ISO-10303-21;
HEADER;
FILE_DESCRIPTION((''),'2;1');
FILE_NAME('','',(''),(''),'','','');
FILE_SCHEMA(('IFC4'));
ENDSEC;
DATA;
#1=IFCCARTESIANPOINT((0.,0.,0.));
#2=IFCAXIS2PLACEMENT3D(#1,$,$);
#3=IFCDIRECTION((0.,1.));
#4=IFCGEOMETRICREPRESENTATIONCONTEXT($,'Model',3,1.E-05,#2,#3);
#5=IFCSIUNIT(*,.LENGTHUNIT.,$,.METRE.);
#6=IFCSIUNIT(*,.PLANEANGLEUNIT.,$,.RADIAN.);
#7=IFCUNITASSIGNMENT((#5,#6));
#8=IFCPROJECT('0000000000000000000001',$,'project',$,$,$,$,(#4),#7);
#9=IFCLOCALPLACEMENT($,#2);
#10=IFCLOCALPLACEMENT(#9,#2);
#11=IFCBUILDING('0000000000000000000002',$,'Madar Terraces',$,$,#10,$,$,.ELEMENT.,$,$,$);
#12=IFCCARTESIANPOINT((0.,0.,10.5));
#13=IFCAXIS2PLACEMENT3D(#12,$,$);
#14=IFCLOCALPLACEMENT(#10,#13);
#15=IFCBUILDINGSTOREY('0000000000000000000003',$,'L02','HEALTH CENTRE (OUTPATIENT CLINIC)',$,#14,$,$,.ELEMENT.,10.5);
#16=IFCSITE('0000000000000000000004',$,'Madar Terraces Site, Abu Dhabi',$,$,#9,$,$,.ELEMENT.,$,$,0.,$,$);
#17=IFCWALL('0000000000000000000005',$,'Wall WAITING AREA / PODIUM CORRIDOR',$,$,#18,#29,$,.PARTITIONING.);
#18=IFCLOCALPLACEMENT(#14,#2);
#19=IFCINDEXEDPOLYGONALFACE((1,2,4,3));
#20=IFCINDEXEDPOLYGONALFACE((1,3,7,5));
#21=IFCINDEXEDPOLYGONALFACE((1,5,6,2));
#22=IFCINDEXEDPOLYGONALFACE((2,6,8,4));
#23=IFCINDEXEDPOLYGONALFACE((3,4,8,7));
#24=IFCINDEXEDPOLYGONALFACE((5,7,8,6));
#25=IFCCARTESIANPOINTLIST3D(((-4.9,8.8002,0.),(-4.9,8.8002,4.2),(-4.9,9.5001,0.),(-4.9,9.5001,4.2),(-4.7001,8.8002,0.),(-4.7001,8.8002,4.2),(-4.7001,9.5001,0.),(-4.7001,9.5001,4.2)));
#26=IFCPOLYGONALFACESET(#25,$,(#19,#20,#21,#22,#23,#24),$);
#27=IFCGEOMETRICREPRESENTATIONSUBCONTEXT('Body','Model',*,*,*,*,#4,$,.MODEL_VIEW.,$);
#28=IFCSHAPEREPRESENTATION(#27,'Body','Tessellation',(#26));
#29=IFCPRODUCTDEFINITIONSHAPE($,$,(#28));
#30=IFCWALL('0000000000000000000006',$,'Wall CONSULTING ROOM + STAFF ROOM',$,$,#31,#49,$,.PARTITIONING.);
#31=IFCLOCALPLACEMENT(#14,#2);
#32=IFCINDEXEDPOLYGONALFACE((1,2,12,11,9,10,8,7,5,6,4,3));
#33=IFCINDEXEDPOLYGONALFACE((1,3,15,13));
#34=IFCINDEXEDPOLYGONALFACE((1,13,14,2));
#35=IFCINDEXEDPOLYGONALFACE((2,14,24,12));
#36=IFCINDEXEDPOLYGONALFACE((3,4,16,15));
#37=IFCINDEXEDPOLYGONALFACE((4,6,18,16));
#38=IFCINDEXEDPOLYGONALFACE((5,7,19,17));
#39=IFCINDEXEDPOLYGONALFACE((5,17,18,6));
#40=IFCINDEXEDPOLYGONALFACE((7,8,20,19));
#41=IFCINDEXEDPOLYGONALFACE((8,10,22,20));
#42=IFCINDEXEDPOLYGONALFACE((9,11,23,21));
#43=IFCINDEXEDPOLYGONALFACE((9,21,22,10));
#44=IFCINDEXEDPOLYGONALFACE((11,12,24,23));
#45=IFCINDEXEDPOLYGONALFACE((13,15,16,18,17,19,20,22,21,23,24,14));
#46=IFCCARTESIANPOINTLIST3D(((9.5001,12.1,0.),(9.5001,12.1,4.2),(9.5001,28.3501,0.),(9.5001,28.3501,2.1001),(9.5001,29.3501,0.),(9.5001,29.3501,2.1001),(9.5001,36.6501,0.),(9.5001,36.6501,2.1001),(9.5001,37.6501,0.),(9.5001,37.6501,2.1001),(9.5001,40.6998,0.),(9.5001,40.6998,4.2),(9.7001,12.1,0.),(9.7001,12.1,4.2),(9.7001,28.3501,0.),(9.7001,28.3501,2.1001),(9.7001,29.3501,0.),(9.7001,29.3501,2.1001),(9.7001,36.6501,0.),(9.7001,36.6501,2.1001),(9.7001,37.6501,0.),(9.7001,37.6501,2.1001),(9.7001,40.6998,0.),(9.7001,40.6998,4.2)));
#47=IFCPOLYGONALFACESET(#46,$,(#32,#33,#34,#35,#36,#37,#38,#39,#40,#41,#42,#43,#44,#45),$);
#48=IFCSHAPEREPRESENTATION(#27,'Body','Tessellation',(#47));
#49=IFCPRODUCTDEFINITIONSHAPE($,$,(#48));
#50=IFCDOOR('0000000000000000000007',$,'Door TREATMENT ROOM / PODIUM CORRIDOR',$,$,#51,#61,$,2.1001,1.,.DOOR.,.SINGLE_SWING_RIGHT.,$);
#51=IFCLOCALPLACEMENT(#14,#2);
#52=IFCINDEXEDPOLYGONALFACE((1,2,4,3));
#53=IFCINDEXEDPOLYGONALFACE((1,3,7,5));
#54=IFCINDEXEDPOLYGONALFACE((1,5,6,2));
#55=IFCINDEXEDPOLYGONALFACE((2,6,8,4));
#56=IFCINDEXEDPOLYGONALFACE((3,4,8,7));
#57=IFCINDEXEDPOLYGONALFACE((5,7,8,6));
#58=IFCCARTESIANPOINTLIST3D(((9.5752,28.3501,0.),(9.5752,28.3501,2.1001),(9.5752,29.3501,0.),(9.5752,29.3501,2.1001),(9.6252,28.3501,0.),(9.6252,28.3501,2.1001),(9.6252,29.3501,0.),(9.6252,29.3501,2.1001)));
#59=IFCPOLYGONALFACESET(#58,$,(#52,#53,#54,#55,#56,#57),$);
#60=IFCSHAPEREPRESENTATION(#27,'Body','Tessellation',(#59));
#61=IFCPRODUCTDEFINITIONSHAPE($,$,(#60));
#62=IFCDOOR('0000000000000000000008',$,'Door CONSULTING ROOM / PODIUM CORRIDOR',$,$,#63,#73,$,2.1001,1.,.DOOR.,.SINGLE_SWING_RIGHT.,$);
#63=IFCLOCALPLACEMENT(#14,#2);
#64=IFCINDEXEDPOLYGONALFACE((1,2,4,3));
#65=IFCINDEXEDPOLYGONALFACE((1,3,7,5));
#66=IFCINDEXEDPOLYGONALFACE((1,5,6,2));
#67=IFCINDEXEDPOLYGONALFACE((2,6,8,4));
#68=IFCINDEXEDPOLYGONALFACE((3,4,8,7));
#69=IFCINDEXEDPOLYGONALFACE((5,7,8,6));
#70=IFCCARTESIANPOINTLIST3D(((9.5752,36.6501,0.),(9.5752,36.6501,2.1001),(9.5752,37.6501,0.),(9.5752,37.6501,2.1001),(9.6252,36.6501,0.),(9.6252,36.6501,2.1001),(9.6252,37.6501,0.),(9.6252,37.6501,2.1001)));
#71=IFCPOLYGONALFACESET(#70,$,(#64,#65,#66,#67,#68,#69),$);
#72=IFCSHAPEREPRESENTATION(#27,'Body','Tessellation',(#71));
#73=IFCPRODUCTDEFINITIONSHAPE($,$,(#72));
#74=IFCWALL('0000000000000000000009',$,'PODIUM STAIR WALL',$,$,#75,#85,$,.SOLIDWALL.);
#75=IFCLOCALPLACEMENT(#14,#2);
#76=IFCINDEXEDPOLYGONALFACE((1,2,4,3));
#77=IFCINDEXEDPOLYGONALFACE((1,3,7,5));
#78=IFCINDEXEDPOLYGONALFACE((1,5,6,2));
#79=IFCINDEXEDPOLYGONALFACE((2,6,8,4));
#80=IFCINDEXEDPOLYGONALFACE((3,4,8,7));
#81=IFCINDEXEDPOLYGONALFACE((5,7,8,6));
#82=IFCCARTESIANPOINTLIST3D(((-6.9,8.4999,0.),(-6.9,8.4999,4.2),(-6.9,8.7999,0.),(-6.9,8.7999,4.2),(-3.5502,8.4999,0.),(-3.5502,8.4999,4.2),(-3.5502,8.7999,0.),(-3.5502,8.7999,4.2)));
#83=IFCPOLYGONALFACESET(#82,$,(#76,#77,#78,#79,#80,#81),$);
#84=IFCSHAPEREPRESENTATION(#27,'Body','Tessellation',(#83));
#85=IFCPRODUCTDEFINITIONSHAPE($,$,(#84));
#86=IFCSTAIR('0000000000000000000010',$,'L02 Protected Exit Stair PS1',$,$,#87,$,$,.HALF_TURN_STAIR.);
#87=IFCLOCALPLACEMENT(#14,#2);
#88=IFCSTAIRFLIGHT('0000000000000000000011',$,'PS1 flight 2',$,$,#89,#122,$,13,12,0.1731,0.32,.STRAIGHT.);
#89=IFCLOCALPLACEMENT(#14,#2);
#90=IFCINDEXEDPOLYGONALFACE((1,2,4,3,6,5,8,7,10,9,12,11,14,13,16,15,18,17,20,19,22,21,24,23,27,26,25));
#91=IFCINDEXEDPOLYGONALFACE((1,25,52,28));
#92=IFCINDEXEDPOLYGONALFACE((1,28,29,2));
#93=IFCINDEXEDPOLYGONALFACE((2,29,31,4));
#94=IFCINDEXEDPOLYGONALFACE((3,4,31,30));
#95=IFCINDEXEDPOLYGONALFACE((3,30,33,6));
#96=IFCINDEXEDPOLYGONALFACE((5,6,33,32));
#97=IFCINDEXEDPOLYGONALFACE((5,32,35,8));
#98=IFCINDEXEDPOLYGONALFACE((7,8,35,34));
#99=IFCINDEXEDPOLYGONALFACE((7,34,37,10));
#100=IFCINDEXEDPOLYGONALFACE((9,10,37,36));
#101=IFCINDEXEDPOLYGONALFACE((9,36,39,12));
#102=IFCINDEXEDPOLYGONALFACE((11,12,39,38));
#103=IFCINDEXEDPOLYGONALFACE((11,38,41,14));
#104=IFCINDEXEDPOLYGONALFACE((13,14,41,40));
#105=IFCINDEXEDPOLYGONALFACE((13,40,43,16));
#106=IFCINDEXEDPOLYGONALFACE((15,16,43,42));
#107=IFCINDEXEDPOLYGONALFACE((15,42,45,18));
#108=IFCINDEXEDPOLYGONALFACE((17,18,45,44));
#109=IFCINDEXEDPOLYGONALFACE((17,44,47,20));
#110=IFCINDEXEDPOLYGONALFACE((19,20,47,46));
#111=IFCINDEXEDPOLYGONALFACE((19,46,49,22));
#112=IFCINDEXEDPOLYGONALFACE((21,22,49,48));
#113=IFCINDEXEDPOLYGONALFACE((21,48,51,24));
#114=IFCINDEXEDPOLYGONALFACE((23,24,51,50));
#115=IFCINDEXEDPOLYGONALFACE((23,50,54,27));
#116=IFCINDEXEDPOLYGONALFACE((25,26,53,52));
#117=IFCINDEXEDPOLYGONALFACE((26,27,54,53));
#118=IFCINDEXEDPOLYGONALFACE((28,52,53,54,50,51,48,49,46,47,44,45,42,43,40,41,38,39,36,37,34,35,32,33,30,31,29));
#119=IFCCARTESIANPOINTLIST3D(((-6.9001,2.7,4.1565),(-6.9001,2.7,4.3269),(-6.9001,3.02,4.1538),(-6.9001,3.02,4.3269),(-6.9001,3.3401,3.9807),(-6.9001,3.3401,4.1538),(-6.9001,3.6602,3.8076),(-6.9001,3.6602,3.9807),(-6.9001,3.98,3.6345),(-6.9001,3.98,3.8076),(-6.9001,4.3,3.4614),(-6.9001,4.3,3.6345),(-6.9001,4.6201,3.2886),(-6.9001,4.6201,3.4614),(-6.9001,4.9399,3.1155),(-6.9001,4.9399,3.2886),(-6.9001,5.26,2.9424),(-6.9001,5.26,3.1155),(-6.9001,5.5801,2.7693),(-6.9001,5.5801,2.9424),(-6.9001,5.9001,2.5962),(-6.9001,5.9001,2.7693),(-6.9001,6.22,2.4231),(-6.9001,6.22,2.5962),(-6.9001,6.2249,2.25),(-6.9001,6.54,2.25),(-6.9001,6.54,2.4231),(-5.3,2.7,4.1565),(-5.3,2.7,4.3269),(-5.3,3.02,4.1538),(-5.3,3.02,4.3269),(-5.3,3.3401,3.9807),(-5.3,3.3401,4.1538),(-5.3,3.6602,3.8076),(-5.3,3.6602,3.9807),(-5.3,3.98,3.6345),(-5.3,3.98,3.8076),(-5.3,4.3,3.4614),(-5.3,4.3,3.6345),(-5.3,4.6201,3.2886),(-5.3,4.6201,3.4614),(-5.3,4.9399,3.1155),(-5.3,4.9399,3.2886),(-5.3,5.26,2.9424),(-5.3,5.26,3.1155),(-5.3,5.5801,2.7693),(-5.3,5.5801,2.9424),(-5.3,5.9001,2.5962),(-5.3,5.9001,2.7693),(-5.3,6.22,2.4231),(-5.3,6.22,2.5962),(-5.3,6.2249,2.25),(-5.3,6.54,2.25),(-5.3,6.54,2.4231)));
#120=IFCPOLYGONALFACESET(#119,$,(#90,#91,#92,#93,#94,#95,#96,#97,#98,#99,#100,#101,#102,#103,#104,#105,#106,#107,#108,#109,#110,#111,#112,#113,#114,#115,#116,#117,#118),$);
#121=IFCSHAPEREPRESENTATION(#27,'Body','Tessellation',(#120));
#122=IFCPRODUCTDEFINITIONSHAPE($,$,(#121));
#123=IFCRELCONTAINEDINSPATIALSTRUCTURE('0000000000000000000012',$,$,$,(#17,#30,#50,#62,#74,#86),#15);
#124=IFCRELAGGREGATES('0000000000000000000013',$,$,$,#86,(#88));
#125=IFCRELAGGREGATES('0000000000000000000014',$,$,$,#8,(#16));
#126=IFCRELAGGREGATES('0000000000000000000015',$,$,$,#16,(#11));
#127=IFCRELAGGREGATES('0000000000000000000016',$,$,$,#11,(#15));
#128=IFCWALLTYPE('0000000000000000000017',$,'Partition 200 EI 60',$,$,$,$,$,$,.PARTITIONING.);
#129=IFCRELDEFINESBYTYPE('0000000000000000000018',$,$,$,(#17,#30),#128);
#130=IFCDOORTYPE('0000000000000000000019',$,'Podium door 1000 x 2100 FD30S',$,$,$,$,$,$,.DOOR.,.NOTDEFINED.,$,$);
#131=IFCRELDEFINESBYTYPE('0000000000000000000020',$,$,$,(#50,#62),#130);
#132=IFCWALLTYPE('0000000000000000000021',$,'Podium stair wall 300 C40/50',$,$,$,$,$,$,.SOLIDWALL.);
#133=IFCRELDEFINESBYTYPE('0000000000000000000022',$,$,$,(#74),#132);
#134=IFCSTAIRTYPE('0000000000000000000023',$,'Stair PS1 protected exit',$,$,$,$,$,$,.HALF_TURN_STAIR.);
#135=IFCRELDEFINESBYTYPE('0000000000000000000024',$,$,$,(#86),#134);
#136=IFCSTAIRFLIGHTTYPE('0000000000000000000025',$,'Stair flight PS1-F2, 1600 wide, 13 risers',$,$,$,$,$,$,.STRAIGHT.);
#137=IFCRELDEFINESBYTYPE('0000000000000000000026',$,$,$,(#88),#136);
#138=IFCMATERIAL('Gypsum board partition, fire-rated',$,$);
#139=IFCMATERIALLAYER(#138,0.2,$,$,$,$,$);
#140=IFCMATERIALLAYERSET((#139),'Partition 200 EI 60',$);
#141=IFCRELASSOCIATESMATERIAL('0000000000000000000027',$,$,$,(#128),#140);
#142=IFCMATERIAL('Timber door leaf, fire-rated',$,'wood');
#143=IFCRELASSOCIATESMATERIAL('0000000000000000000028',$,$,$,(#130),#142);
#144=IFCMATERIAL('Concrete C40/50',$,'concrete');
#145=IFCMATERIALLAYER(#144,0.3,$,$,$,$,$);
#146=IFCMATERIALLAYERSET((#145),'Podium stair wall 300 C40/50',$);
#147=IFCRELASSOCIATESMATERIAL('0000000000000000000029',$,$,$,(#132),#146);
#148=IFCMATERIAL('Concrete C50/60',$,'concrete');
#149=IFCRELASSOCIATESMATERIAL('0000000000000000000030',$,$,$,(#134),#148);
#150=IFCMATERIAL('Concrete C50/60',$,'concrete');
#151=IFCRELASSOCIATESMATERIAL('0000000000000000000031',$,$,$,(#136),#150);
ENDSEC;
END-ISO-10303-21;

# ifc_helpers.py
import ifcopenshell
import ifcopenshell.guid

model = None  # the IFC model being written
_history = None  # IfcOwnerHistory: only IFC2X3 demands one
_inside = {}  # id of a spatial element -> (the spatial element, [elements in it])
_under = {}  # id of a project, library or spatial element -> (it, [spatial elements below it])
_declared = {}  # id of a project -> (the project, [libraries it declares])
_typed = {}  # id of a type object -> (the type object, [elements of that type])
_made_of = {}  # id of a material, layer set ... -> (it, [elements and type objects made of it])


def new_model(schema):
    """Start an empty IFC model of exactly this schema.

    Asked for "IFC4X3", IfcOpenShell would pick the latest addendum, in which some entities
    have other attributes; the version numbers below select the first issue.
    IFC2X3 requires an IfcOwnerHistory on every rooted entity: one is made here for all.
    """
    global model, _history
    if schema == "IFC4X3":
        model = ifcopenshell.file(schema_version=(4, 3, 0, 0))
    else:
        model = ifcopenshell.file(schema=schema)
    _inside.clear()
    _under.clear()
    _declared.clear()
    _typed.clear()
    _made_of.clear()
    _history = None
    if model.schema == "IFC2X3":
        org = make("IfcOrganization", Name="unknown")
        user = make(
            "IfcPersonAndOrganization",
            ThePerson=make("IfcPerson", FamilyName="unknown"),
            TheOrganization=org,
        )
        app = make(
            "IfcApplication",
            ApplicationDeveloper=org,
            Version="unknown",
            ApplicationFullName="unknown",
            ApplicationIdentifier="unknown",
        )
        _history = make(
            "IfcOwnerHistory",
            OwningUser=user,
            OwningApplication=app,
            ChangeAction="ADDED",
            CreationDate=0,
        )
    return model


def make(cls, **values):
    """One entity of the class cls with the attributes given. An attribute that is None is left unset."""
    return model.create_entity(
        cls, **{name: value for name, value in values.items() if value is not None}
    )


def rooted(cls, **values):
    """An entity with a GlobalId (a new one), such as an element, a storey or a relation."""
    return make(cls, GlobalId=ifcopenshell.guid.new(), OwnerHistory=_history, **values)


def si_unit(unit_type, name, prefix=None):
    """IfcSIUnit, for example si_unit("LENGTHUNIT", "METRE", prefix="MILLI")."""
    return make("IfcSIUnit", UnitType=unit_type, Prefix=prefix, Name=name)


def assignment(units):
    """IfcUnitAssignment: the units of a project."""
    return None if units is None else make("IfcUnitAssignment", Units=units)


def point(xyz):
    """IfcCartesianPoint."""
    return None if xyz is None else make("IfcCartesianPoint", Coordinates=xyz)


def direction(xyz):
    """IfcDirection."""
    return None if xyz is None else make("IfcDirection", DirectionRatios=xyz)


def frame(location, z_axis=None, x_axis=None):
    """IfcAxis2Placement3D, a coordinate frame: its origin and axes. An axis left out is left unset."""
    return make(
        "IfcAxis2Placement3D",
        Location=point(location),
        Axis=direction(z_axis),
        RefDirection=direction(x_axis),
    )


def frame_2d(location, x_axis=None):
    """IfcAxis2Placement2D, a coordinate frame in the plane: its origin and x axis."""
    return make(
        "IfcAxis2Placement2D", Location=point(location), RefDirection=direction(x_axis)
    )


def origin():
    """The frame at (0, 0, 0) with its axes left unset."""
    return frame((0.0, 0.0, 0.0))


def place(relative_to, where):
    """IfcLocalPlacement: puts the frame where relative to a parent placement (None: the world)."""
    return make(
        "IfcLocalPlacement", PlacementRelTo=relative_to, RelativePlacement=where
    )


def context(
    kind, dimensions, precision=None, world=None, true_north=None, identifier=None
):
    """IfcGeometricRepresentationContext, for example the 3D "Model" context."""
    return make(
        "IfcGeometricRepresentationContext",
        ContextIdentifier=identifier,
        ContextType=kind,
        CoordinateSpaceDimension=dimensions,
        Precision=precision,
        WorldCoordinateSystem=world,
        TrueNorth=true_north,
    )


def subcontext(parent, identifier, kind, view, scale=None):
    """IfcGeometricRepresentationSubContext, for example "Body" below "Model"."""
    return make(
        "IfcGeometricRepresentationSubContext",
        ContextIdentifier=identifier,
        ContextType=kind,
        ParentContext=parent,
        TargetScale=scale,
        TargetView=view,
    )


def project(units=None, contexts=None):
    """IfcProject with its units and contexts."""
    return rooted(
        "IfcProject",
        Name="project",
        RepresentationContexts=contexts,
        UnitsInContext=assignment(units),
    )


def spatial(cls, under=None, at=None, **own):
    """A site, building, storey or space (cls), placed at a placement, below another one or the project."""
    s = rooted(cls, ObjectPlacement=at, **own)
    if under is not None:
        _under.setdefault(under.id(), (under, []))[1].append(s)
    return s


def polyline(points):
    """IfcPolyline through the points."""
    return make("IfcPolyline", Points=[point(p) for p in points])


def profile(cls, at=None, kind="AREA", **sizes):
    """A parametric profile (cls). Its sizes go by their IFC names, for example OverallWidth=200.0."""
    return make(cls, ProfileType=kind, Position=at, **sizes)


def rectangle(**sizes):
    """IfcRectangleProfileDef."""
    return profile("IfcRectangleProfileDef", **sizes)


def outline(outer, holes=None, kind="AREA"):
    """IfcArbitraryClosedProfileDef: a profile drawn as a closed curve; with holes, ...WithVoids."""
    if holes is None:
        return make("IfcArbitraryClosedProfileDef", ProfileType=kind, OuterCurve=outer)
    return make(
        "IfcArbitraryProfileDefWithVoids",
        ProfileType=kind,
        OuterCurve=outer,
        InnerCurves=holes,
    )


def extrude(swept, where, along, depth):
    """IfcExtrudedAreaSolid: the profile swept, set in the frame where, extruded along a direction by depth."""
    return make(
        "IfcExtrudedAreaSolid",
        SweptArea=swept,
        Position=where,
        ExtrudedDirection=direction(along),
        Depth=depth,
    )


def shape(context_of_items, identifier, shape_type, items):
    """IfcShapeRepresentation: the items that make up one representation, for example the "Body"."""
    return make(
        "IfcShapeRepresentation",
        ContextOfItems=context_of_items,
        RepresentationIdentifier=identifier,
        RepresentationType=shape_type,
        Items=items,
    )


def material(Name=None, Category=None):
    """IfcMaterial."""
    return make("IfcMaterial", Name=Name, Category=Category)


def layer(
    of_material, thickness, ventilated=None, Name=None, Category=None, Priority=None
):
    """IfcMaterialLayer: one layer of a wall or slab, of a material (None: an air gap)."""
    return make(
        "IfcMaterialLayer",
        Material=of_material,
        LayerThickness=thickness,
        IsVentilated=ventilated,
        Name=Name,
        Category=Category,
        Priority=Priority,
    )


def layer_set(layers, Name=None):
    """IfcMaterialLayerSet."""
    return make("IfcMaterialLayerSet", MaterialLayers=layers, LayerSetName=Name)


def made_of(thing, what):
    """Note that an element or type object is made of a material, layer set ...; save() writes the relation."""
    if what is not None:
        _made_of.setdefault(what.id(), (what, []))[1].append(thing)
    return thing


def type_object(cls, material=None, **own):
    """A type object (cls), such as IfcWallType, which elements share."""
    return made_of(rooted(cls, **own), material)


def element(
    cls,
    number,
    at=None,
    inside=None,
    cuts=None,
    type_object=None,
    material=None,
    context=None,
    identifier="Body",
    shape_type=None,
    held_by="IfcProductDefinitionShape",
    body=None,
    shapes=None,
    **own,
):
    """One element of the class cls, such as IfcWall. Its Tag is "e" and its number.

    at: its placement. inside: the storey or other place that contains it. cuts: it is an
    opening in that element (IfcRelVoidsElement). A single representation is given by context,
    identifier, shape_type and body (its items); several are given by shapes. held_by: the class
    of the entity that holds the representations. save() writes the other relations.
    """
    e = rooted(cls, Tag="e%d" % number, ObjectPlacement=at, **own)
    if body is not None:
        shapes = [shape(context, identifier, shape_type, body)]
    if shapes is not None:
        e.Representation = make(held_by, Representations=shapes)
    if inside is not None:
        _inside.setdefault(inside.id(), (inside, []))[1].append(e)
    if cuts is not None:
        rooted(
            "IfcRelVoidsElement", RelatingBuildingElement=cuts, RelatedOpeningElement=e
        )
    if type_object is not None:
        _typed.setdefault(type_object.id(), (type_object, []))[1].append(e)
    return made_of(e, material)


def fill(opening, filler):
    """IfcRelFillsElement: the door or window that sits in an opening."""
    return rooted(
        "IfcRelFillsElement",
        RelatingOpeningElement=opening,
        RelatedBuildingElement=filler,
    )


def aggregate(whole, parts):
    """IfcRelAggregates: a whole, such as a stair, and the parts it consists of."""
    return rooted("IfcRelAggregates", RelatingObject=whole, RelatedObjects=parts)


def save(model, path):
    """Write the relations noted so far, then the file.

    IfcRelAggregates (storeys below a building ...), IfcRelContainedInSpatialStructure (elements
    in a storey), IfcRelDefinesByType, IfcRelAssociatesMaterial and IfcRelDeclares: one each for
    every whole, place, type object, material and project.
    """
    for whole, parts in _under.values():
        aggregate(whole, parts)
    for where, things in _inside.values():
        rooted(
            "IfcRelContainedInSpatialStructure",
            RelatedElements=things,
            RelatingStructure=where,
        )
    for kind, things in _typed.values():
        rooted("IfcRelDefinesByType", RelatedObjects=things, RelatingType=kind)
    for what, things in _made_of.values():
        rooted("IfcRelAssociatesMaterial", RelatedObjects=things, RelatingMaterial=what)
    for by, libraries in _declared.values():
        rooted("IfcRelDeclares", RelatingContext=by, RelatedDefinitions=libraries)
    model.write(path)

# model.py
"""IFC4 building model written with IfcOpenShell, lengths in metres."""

from ifc_helpers import new_model, si_unit, direction, frame, frame_2d, origin, place, context, subcontext, project, spatial, polyline, rectangle, outline, extrude, material, layer, layer_set, type_object, element, fill, aggregate, save


model = new_model("IFC4")

# Units and contexts
model_context = context("Model", 3, precision=1e-05, world=origin(), true_north=direction((0.0, 1.0)))
body_context = subcontext(model_context, "Body", "Model", "MODEL_VIEW")
ifc_project = project(units=[si_unit("LENGTHUNIT", "METRE"), si_unit("PLANEANGLEUNIT", "RADIAN")], contexts=[model_context])

# Site, building, storey
site_placement = place(None, origin())
site = spatial("IfcSite", under=ifc_project, at=site_placement, Name="Madar Terraces Site, Abu Dhabi", CompositionType="ELEMENT", RefElevation=0.0)
building_placement = place(site_placement, origin())
building = spatial("IfcBuilding", under=site, at=building_placement, Name="Madar Terraces", CompositionType="ELEMENT")
storey_placement = place(building_placement, frame((0.0, 0.0, 10.5)))
storey = spatial("IfcBuildingStorey", under=building, at=storey_placement, Name="L02", Description="HEALTH CENTRE (OUTPATIENT CLINIC)", CompositionType="ELEMENT", Elevation=10.5)

# Shared definitions
ifc_material_1 = material(Name="Gypsum board partition, fire-rated")
ifc_layer_1 = layer(ifc_material_1, 0.2)
ifc_layer_set_1 = layer_set([ifc_layer_1], Name="Partition 200 EI 60")
wall_type_1 = type_object("IfcWallType", Name="Partition 200 EI 60", PredefinedType="PARTITIONING", material=ifc_layer_set_1)

# Wall
wall_1_placement = place(storey_placement, frame((-4.8, 8.8, 0.0), z_axis=(0.0, 0.0, 1.0), x_axis=(0.0, 1.0, 0.0)))
element("IfcWall", 1, at=wall_1_placement, inside=storey, type_object=wall_type_1, Name="Wall WAITING AREA / PODIUM CORRIDOR", PredefinedType="PARTITIONING", context=body_context, shape_type="SweptSolid", body=[
    extrude(rectangle(XDim=0.7, YDim=0.2, at=frame_2d((0.3501, 0.0))), origin(), (0.0, 0.0, 1.0), 4.2),
])

# Wall, openings, doors
wall_2_placement = place(storey_placement, frame((9.6001, 12.1001, 0.0), z_axis=(0.0, 0.0, 1.0), x_axis=(0.0, 1.0, 0.0)))
wall_2 = element("IfcWall", 2, at=wall_2_placement, inside=storey, type_object=wall_type_1, Name="Wall CONSULTING ROOM + STAFF ROOM", PredefinedType="PARTITIONING", context=body_context, shape_type="SweptSolid", body=[
    extrude(rectangle(XDim=28.5999, YDim=0.2, at=frame_2d((14.2998, 0.0))), origin(), (0.0, 0.0, 1.0), 4.2),
])
opening_1_placement = place(wall_2_placement, frame((16.25, 0.0, 0.0)))
opening_1 = element("IfcOpeningElement", 3, at=opening_1_placement, cuts=wall_2, PredefinedType="OPENING", context=body_context, shape_type="SweptSolid", body=[
    extrude(rectangle(XDim=1.0, YDim=2.1001, at=frame_2d((0.5, 1.05))), frame((0.0, 0.1099, 0.0), z_axis=(0.0, -1.0, 0.0), x_axis=(1.0, 0.0, 0.0)), (0.0, 0.0, 1.0), 0.22),
])
opening_2_placement = place(wall_2_placement, frame((24.55, 0.0, 0.0)))
opening_2 = element("IfcOpeningElement", 4, at=opening_2_placement, cuts=wall_2, PredefinedType="OPENING", context=body_context, shape_type="SweptSolid", body=[
    extrude(rectangle(XDim=1.0, YDim=2.1001, at=frame_2d((0.5, 1.05))), frame((0.0, 0.1099, 0.0), z_axis=(0.0, -1.0, 0.0), x_axis=(1.0, 0.0, 0.0)), (0.0, 0.0, 1.0), 0.22),
])
ifc_material_2 = material(Name="Timber door leaf, fire-rated", Category="wood")
door_type_1 = type_object("IfcDoorType", Name="Podium door 1000 x 2100 FD30S", OperationType="NOTDEFINED", PredefinedType="DOOR", material=ifc_material_2)
door_1_placement = place(opening_1_placement, origin())
door_1 = element("IfcDoor", 5, at=door_1_placement, inside=storey, type_object=door_type_1, Name="Door TREATMENT ROOM / PODIUM CORRIDOR", OperationType="SINGLE_SWING_RIGHT", OverallHeight=2.1001, OverallWidth=1.0, PredefinedType="DOOR", context=body_context, shape_type="SweptSolid", body=[
    extrude(rectangle(XDim=1.0, YDim=2.1001, at=frame_2d((0.5, 1.05))), frame((0.0, 0.0249, 0.0), z_axis=(0.0, -1.0, 0.0), x_axis=(1.0, 0.0, 0.0)), (0.0, 0.0, 1.0), 0.05),
])
fill(opening_1, door_1)
door_2_placement = place(opening_2_placement, origin())
door_2 = element("IfcDoor", 6, at=door_2_placement, inside=storey, type_object=door_type_1, Name="Door CONSULTING ROOM / PODIUM CORRIDOR", OperationType="SINGLE_SWING_RIGHT", OverallHeight=2.1001, OverallWidth=1.0, PredefinedType="DOOR", context=body_context, shape_type="SweptSolid", body=[
    extrude(rectangle(XDim=1.0, YDim=2.1001, at=frame_2d((0.5, 1.05))), frame((0.0, 0.0249, 0.0), z_axis=(0.0, -1.0, 0.0), x_axis=(1.0, 0.0, 0.0)), (0.0, 0.0, 1.0), 0.05),
])
fill(opening_2, door_2)

# Wall
ifc_material_3 = material(Name="Concrete C40/50", Category="concrete")
ifc_layer_2 = layer(ifc_material_3, 0.3)
ifc_layer_set_2 = layer_set([ifc_layer_2], Name="Podium stair wall 300 C40/50")
wall_type_2 = type_object("IfcWallType", Name="Podium stair wall 300 C40/50", PredefinedType="SOLIDWALL", material=ifc_layer_set_2)
wall_3_placement = place(storey_placement, frame((-6.8999, 8.6499, 0.0), z_axis=(0.0, 0.0, 1.0), x_axis=(1.0, 0.0, 0.0)))
element("IfcWall", 7, at=wall_3_placement, inside=storey, type_object=wall_type_2, Name="PODIUM STAIR WALL", PredefinedType="SOLIDWALL", context=body_context, shape_type="SweptSolid", body=[
    extrude(rectangle(XDim=3.3499, YDim=0.3, at=frame_2d((1.6748, 0.0))), origin(), (0.0, 0.0, 1.0), 4.2),
])

# Stair, stair flight
ifc_material_4 = material(Name="Concrete C50/60", Category="concrete")
stair_type = type_object("IfcStairType", Name="Stair PS1 protected exit", PredefinedType="HALF_TURN_STAIR", material=ifc_material_4)
stair_placement = place(storey_placement, origin())
stair = element("IfcStair", 8, at=stair_placement, inside=storey, type_object=stair_type, Name="L02 Protected Exit Stair PS1", PredefinedType="HALF_TURN_STAIR")
ifc_material_5 = material(Name="Concrete C50/60", Category="concrete")
stair_flight_type = type_object("IfcStairFlightType", Name="Stair flight PS1-F2, 1600 wide, 13 risers", PredefinedType="STRAIGHT", material=ifc_material_5)
stair_flight_placement = place(storey_placement, frame((-6.1001, 6.54, 2.25), z_axis=(0.0, 0.0, 1.0), x_axis=(0.0, -1.0, 0.0)))
stair_flight = element("IfcStairFlight", 9, at=stair_flight_placement, type_object=stair_flight_type, Name="PS1 flight 2", NumberOfRisers=13, NumberOfTreads=12, PredefinedType="STRAIGHT", RiserHeight=0.1731, TreadLength=0.32, context=body_context, shape_type="SweptSolid", body=[
    extrude(outline(polyline([(0.0, 0.0), (0.0, 0.1731), (0.3201, 0.1731), (0.3201, 0.3462), (0.6399, 0.3462), (0.6399, 0.5193), (0.96, 0.5193), (0.96, 0.6924), (1.28, 0.6924), (1.28, 0.8655), (1.6001, 0.8655), (1.6001, 1.0386), (1.9199, 1.0386), (1.9199, 1.2114), (2.24, 1.2114), (2.24, 1.3845), (2.5601, 1.3845), (2.5601, 1.5576), (2.8799, 1.5576), (2.8799, 1.7307), (3.2, 1.7307), (3.2, 1.9038), (3.52, 1.9038), (3.52, 2.0769), (3.8401, 2.0769), (3.8401, 2.25), (3.8401, 1.9065), (0.3152, 0.0), (0.0, 0.0)])), frame((0.0, 0.8, 0.0), z_axis=(0.0, -1.0, 0.0), x_axis=(1.0, 0.0, 0.0)), (0.0, 0.0, 1.0), 1.6001),
])
aggregate(stair, [stair_flight])

save(model, "model.ifc")
